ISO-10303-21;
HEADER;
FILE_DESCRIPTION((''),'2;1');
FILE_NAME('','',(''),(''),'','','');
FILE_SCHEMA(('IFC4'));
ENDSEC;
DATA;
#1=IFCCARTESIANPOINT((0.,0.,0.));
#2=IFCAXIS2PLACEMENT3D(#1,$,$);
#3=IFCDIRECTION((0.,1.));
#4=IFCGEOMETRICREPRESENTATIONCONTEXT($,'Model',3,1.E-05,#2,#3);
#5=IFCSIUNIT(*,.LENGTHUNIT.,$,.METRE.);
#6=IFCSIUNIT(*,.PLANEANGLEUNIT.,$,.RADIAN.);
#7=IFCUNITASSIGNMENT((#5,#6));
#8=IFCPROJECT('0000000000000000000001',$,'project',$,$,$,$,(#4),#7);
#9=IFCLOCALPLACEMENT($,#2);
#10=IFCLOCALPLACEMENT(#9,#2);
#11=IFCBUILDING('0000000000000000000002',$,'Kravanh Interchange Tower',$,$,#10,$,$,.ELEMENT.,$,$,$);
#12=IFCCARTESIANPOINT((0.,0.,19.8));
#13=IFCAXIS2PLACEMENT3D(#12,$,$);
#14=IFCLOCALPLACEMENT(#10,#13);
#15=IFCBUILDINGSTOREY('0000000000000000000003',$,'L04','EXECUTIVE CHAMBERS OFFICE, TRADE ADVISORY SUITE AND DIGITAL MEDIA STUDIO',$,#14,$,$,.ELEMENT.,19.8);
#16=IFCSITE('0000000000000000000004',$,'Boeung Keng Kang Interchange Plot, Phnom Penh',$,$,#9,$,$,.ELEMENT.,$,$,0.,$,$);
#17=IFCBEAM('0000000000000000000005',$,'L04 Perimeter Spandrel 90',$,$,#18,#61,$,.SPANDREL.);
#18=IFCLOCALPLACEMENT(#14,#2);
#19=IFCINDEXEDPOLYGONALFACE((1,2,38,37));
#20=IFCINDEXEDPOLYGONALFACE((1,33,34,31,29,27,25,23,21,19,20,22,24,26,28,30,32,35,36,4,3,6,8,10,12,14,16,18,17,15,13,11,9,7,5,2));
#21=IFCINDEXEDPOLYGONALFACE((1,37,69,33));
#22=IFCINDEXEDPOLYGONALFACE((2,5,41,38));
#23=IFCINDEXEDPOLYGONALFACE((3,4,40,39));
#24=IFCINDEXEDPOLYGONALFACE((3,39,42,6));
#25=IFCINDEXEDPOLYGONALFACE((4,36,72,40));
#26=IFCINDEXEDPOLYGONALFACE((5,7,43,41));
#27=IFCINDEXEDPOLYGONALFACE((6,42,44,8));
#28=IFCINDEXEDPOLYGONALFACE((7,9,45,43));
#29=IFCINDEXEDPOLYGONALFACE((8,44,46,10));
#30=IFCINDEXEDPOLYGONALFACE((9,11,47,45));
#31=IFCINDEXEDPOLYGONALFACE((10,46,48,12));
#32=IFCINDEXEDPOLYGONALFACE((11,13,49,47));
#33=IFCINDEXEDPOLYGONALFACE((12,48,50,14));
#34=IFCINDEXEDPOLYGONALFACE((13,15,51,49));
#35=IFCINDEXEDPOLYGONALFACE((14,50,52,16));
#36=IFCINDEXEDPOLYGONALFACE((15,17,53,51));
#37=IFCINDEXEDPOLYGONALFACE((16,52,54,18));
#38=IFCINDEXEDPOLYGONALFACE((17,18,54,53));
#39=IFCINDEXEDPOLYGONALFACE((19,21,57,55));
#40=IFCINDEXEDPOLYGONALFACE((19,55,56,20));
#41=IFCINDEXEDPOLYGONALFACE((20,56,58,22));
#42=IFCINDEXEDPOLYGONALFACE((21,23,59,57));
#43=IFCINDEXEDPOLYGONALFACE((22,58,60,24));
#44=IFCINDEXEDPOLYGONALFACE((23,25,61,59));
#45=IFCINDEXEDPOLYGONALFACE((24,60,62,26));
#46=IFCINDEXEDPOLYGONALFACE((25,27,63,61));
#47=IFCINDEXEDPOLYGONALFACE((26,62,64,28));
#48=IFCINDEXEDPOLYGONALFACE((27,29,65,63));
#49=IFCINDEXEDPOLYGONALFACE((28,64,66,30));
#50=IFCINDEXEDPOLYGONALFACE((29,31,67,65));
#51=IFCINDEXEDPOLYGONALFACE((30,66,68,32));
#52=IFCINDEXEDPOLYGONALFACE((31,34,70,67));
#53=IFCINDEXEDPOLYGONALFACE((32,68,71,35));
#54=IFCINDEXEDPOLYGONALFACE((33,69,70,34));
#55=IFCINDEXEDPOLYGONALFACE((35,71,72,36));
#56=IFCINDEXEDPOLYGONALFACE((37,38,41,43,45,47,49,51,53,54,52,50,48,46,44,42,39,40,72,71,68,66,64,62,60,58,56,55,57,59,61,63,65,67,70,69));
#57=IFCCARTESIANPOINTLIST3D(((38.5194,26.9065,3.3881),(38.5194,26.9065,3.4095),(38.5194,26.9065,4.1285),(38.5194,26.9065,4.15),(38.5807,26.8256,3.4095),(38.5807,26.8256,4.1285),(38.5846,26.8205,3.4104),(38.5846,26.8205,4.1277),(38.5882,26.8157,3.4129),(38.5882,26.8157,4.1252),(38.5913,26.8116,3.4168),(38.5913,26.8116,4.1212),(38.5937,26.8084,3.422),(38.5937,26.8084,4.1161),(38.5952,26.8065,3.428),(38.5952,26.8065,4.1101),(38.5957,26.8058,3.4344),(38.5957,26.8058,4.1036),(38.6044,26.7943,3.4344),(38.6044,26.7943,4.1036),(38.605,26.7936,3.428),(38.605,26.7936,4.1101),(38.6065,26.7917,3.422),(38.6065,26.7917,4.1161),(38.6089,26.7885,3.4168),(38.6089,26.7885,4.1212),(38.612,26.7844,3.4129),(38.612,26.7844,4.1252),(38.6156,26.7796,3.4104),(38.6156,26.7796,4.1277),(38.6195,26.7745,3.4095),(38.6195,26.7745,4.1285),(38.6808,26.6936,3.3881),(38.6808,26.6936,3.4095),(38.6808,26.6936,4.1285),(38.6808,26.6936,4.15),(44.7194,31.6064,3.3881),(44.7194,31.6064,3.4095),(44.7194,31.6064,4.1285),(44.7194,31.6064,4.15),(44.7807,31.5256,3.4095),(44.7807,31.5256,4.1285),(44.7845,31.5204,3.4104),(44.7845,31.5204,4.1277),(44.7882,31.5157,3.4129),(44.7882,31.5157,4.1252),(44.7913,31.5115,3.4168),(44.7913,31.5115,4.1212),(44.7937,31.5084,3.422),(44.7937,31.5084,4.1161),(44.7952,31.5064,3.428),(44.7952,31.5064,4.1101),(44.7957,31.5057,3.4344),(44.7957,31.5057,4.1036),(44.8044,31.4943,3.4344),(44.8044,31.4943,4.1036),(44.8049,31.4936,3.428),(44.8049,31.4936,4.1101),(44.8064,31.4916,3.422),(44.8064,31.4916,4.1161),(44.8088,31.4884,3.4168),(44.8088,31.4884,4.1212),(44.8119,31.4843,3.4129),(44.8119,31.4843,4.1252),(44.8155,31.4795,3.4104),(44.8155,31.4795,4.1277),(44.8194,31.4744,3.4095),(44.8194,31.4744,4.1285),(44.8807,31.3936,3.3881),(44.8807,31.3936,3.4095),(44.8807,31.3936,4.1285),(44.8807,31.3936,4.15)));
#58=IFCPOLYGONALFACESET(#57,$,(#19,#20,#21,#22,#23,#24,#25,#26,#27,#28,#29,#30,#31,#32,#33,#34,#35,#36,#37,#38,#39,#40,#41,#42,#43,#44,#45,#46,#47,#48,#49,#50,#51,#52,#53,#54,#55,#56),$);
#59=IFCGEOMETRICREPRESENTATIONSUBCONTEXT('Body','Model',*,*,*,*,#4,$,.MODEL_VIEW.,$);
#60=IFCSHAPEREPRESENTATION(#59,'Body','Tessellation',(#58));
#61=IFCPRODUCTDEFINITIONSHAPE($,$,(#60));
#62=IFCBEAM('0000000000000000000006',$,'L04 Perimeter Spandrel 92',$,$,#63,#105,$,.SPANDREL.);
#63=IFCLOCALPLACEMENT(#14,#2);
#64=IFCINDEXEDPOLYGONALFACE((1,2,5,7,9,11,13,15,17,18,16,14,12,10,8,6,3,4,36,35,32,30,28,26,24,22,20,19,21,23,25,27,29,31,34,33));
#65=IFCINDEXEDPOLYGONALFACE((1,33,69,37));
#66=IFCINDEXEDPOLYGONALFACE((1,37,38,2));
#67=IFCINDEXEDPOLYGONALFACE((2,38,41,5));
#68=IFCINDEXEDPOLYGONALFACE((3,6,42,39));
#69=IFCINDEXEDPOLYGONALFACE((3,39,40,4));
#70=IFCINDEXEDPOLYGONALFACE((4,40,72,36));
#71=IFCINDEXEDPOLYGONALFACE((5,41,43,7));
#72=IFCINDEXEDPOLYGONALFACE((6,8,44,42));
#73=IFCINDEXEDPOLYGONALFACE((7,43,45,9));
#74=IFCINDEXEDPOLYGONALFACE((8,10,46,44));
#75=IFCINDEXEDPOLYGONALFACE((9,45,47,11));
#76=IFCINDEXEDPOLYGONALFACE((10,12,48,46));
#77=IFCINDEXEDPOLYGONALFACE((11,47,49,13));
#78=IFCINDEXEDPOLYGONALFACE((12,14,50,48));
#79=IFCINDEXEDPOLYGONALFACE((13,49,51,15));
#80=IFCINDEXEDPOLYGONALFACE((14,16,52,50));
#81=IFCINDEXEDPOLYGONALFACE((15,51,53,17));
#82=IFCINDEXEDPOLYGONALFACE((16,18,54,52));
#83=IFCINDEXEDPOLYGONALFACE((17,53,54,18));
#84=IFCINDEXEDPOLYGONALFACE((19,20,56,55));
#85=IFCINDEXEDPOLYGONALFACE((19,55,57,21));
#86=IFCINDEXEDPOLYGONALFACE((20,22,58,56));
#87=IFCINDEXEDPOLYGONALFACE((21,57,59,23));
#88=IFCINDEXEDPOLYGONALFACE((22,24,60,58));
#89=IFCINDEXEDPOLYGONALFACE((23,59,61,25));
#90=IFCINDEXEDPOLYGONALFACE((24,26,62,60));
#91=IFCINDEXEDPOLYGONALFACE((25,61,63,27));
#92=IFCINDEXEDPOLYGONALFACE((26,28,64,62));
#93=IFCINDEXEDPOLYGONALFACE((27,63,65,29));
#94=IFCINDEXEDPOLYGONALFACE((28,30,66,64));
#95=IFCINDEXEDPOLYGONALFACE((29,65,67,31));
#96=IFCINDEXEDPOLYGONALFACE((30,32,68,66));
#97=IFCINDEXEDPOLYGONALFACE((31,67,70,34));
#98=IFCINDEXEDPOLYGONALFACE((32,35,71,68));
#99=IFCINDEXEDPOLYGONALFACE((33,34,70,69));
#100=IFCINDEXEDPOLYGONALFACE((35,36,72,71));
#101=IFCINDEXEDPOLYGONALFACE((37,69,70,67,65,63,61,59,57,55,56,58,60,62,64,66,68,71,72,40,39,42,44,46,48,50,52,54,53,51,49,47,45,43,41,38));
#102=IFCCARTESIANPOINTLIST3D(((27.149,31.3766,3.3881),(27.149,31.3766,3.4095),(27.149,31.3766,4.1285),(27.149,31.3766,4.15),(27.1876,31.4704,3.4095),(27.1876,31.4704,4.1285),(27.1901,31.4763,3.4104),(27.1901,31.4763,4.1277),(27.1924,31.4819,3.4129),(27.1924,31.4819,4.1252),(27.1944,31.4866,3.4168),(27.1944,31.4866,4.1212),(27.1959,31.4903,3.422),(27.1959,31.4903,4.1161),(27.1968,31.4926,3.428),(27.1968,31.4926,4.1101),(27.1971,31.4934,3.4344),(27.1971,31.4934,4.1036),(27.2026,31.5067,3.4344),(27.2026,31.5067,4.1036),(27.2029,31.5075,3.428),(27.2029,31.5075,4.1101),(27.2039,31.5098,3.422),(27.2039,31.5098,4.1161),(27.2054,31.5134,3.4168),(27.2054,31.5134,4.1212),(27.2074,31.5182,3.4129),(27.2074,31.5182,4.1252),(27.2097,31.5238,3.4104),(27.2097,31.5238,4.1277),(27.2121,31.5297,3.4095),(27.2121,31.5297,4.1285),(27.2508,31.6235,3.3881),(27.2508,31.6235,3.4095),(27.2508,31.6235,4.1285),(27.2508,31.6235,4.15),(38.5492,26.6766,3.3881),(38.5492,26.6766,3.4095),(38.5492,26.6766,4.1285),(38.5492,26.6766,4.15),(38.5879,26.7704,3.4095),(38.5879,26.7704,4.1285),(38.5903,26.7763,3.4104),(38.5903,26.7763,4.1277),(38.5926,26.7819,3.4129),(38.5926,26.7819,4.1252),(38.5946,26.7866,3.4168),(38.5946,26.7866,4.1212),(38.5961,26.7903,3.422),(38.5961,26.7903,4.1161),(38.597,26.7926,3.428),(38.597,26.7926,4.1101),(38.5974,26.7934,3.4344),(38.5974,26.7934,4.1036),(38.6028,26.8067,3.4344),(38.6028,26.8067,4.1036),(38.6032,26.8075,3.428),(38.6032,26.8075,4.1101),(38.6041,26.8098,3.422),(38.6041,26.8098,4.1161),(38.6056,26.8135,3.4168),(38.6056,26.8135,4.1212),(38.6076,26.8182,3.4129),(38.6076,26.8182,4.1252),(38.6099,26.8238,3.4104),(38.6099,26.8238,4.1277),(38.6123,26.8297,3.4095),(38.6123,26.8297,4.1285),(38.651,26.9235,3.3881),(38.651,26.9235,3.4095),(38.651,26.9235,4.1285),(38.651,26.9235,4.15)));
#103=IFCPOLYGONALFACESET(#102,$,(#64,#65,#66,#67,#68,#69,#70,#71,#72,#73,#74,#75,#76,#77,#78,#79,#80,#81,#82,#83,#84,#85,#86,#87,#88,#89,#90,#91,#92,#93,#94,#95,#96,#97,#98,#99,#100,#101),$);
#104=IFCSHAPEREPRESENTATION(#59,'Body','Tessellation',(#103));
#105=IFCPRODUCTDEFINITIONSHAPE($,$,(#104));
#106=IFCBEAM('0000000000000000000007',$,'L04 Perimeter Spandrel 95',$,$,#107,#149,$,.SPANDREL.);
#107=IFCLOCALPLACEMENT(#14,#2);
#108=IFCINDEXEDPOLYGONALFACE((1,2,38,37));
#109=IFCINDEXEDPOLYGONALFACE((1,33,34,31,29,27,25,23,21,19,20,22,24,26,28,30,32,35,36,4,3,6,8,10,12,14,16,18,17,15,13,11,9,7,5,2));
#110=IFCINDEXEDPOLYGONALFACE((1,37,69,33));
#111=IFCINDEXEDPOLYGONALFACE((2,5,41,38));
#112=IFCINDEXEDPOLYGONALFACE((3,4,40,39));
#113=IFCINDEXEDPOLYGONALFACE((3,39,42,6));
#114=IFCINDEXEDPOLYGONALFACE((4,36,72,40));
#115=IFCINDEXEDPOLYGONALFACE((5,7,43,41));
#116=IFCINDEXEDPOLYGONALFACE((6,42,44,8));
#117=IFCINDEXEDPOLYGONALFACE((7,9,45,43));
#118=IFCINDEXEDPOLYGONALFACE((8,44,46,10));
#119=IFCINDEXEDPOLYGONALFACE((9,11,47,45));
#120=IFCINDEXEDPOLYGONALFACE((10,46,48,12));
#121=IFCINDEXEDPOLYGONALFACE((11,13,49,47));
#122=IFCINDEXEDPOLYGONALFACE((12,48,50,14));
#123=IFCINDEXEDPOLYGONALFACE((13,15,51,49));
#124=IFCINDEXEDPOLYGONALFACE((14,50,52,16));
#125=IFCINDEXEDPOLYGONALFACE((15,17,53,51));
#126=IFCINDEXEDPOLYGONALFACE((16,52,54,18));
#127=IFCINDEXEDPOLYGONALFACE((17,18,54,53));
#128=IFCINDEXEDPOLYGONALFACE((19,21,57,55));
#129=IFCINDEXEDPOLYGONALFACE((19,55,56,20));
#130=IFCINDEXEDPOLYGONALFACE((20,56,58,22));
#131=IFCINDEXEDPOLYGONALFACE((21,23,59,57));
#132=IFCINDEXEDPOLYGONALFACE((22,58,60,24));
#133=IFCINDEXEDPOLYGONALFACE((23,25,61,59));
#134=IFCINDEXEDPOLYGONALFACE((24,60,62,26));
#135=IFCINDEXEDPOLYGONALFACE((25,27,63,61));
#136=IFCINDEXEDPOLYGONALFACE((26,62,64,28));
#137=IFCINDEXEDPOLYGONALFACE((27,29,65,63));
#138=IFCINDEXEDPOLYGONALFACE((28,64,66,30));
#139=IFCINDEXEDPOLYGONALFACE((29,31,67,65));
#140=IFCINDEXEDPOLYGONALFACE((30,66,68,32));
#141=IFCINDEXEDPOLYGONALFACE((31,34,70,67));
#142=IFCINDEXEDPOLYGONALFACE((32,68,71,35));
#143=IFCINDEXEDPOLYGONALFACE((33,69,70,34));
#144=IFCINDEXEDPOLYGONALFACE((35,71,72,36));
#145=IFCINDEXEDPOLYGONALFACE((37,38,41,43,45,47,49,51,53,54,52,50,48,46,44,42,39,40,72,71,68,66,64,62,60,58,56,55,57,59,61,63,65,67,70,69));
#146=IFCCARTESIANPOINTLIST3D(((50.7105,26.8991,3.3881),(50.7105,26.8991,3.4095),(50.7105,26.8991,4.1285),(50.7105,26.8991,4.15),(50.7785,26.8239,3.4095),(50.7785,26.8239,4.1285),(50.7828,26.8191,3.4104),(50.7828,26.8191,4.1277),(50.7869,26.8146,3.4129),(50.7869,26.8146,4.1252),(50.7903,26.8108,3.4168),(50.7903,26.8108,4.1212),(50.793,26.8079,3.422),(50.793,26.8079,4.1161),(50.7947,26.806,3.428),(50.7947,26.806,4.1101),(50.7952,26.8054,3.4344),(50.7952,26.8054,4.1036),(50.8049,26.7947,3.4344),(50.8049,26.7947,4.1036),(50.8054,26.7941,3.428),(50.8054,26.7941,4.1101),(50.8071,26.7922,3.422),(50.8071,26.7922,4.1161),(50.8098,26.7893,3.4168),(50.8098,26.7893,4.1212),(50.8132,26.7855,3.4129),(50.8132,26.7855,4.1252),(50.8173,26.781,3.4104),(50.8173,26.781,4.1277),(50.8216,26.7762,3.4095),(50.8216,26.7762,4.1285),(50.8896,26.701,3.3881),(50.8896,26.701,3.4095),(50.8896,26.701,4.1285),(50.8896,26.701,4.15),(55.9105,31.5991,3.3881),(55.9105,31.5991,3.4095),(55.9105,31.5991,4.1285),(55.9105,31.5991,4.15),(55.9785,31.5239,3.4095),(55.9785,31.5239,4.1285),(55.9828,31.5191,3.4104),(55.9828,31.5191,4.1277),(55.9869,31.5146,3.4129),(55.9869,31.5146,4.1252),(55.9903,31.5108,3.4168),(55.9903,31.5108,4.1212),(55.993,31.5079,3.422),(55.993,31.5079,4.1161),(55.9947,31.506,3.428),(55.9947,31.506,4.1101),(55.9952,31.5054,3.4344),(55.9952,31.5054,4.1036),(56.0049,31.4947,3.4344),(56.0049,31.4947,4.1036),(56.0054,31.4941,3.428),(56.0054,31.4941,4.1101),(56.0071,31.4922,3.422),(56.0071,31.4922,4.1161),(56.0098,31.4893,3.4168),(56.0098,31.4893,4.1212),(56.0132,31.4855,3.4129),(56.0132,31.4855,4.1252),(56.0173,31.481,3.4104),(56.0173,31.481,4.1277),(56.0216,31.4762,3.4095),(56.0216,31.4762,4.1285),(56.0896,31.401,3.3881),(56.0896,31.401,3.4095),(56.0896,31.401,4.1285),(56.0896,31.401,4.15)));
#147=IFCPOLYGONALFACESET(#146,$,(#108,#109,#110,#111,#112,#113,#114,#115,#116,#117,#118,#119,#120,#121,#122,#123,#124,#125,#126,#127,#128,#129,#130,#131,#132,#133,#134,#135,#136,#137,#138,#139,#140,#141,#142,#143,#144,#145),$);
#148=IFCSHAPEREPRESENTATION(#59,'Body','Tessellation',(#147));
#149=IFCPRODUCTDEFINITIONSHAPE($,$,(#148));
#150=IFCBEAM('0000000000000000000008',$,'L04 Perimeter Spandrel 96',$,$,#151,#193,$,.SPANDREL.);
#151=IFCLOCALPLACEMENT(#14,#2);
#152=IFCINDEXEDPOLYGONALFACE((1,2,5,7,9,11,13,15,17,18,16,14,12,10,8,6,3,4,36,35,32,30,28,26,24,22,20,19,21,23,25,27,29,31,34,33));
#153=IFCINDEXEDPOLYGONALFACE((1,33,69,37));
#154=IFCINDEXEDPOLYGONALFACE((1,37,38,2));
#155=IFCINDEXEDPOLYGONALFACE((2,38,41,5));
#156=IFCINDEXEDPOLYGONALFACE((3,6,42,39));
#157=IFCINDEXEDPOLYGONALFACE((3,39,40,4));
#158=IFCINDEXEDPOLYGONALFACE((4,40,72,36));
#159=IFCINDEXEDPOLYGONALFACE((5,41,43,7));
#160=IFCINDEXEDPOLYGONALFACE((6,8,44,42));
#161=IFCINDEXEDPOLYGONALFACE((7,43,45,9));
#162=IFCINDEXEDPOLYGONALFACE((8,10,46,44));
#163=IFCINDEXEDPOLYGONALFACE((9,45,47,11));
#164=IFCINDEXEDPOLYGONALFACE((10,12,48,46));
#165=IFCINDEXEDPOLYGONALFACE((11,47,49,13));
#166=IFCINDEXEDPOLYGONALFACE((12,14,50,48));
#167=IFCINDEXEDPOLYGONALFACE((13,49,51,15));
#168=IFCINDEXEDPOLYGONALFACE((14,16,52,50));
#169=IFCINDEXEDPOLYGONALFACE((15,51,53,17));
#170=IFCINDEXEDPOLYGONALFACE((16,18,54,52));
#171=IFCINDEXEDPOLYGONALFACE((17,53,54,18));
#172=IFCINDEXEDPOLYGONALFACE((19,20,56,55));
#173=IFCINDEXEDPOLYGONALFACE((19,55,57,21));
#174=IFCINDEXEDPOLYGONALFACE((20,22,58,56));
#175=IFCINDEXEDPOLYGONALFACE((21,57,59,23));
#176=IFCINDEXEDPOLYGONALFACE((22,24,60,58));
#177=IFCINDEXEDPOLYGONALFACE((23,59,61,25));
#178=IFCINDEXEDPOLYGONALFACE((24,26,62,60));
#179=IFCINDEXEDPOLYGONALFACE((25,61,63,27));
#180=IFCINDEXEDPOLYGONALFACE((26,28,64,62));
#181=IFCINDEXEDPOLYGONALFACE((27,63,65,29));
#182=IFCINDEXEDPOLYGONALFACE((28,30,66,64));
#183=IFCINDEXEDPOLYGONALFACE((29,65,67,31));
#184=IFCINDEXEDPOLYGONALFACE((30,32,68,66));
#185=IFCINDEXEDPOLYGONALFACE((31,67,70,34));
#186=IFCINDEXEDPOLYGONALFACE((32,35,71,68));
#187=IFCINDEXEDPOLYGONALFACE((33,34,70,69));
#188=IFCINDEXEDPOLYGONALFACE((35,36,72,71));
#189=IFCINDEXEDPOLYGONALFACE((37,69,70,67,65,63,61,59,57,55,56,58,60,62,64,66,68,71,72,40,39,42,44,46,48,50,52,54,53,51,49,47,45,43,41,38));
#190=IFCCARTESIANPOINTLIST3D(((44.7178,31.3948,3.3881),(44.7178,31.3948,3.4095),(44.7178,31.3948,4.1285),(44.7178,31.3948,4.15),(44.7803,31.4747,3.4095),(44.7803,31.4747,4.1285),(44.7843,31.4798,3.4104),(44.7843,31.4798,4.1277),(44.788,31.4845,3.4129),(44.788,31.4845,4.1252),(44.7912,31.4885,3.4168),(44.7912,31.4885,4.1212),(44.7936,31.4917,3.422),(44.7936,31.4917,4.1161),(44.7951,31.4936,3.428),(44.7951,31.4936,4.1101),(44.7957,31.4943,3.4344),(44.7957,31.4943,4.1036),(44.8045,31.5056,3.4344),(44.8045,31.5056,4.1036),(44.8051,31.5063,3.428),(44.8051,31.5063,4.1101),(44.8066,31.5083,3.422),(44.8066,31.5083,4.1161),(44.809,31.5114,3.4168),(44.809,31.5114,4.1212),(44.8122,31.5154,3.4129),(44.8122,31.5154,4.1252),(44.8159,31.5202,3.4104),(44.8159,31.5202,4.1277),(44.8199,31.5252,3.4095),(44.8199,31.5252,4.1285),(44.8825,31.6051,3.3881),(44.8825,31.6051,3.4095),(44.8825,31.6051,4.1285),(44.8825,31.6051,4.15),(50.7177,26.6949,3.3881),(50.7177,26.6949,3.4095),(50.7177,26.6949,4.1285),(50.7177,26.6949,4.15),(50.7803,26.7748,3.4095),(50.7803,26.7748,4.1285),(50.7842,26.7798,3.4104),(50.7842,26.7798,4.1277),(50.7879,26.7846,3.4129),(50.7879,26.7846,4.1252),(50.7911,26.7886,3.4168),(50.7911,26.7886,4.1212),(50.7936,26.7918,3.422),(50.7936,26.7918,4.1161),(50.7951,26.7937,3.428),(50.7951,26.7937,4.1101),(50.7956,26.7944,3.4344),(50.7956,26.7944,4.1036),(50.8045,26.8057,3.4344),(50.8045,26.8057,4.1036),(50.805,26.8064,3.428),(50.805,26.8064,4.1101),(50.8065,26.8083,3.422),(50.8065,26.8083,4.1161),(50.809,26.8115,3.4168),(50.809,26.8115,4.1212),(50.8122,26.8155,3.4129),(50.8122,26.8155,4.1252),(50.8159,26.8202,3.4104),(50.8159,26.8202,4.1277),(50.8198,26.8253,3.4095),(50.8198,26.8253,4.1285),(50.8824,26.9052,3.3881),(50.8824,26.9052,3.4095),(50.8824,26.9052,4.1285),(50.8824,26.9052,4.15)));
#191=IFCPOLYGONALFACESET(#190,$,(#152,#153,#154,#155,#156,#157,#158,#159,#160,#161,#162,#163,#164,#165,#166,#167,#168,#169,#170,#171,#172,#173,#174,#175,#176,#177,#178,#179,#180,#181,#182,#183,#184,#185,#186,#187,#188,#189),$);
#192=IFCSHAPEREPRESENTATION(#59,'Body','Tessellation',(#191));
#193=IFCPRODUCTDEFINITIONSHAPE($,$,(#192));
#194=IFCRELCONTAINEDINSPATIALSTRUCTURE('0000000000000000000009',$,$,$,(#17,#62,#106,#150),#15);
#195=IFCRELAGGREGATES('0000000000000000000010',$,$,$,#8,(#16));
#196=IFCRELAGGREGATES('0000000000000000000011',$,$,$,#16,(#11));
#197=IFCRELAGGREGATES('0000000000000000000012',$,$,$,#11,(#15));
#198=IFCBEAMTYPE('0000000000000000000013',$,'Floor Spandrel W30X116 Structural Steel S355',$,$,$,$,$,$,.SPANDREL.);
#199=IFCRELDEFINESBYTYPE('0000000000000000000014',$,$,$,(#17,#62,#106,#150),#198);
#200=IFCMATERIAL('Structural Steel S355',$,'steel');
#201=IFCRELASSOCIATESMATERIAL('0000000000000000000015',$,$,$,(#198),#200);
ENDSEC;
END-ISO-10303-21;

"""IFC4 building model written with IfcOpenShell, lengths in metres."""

from ifc_helpers import new_model, si_unit, direction, frame, origin, origin_2d, place, context, subcontext, project, spatial, i_section, extrude, material, material_profile, profile_set, type_object, element, save


model = new_model("IFC4")

# Units and contexts
model_context = context("Model", 3, precision=1e-05, world=origin(), true_north=direction((0.0, 1.0)))
body_context = subcontext(model_context, "Body", "Model", "MODEL_VIEW")
ifc_project = project(units=[si_unit("LENGTHUNIT", "METRE"), si_unit("PLANEANGLEUNIT", "RADIAN")], contexts=[model_context])

# Site, building, storey
site_placement = place(None, origin())
site = spatial("IfcSite", under=ifc_project, at=site_placement, Name="Boeung Keng Kang Interchange Plot, Phnom Penh", CompositionType="ELEMENT", RefElevation=0.0)
building_placement = place(site_placement, origin())
building = spatial("IfcBuilding", under=site, at=building_placement, Name="Kravanh Interchange Tower", CompositionType="ELEMENT")
storey_placement = place(building_placement, frame((0.0, 0.0, 19.8)))
storey = spatial("IfcBuildingStorey", under=building, at=storey_placement, Name="L04", Description="EXECUTIVE CHAMBERS OFFICE, TRADE ADVISORY SUITE AND DIGITAL MEDIA STUDIO", CompositionType="ELEMENT", Elevation=19.8)

# Beams
ifc_material_1 = material(Name="Structural Steel S355", Category="steel")
ifc_material_profile_1 = material_profile(ifc_material_1, i_section(OverallWidth=0.2671, OverallDepth=0.762, WebThickness=0.0144, FlangeThickness=0.0215, FilletRadius=0.0249, at=origin_2d()), Name="W30X116")
ifc_profile_set_1 = profile_set([ifc_material_profile_1], Name="Structural Steel S355")
beam_type_1 = type_object("IfcBeamType", Name="Floor Spandrel W30X116 Structural Steel S355", PredefinedType="SPANDREL", material=ifc_profile_set_1)
beam_1_placement = place(storey_placement, frame((38.6001, 26.8, 3.769), z_axis=(0.796905, 0.604104, 0.0), x_axis=(-0.604104, 0.796905, 0.0)))
element("IfcBeam", 1, at=beam_1_placement, inside=storey, type_object=beam_type_1, Name="L04 Perimeter Spandrel 90", PredefinedType="SPANDREL", context=body_context, shape_type="SweptSolid", body=[
    extrude(i_section(OverallWidth=0.2671, OverallDepth=0.762, WebThickness=0.0144, FlangeThickness=0.0215, FilletRadius=0.0249, at=origin_2d()), origin(), (0.0, 0.0, 1.0), 7.78),
])
beam_2_placement = place(storey_placement, frame((38.6001, 26.8, 3.769), z_axis=(-0.924513, 0.38115, 0.0), x_axis=(-0.38115, -0.924513, 0.0)))
element("IfcBeam", 2, at=beam_2_placement, inside=storey, type_object=beam_type_1, Name="L04 Perimeter Spandrel 92", PredefinedType="SPANDREL", context=body_context, shape_type="SweptSolid", body=[
    extrude(i_section(OverallWidth=0.2671, OverallDepth=0.762, WebThickness=0.0144, FlangeThickness=0.0215, FilletRadius=0.0249, at=origin_2d()), origin(), (0.0, 0.0, 1.0), 12.3311),
])
beam_3_placement = place(storey_placement, frame((50.8, 26.8, 3.769), z_axis=(0.741874, 0.670539, 0.0), x_axis=(-0.670539, 0.741874, 0.0)))
element("IfcBeam", 3, at=beam_3_placement, inside=storey, type_object=beam_type_1, Name="L04 Perimeter Spandrel 95", PredefinedType="SPANDREL", context=body_context, shape_type="SweptSolid", body=[
    extrude(i_section(OverallWidth=0.2671, OverallDepth=0.762, WebThickness=0.0144, FlangeThickness=0.0215, FilletRadius=0.0249, at=origin_2d()), origin(), (0.0, 0.0, 1.0), 7.0093),
])
beam_4_placement = place(storey_placement, frame((50.8, 26.8, 3.769), z_axis=(-0.787231, 0.616658, 0.0), x_axis=(-0.616658, -0.787231, 0.0)))
element("IfcBeam", 4, at=beam_4_placement, inside=storey, type_object=beam_type_1, Name="L04 Perimeter Spandrel 96", PredefinedType="SPANDREL", context=body_context, shape_type="SweptSolid", body=[
    extrude(i_section(OverallWidth=0.2671, OverallDepth=0.762, WebThickness=0.0144, FlangeThickness=0.0215, FilletRadius=0.0249, at=origin_2d()), origin(), (0.0, 0.0, 1.0), 7.6216),
])

save(model, "model.ifc")
